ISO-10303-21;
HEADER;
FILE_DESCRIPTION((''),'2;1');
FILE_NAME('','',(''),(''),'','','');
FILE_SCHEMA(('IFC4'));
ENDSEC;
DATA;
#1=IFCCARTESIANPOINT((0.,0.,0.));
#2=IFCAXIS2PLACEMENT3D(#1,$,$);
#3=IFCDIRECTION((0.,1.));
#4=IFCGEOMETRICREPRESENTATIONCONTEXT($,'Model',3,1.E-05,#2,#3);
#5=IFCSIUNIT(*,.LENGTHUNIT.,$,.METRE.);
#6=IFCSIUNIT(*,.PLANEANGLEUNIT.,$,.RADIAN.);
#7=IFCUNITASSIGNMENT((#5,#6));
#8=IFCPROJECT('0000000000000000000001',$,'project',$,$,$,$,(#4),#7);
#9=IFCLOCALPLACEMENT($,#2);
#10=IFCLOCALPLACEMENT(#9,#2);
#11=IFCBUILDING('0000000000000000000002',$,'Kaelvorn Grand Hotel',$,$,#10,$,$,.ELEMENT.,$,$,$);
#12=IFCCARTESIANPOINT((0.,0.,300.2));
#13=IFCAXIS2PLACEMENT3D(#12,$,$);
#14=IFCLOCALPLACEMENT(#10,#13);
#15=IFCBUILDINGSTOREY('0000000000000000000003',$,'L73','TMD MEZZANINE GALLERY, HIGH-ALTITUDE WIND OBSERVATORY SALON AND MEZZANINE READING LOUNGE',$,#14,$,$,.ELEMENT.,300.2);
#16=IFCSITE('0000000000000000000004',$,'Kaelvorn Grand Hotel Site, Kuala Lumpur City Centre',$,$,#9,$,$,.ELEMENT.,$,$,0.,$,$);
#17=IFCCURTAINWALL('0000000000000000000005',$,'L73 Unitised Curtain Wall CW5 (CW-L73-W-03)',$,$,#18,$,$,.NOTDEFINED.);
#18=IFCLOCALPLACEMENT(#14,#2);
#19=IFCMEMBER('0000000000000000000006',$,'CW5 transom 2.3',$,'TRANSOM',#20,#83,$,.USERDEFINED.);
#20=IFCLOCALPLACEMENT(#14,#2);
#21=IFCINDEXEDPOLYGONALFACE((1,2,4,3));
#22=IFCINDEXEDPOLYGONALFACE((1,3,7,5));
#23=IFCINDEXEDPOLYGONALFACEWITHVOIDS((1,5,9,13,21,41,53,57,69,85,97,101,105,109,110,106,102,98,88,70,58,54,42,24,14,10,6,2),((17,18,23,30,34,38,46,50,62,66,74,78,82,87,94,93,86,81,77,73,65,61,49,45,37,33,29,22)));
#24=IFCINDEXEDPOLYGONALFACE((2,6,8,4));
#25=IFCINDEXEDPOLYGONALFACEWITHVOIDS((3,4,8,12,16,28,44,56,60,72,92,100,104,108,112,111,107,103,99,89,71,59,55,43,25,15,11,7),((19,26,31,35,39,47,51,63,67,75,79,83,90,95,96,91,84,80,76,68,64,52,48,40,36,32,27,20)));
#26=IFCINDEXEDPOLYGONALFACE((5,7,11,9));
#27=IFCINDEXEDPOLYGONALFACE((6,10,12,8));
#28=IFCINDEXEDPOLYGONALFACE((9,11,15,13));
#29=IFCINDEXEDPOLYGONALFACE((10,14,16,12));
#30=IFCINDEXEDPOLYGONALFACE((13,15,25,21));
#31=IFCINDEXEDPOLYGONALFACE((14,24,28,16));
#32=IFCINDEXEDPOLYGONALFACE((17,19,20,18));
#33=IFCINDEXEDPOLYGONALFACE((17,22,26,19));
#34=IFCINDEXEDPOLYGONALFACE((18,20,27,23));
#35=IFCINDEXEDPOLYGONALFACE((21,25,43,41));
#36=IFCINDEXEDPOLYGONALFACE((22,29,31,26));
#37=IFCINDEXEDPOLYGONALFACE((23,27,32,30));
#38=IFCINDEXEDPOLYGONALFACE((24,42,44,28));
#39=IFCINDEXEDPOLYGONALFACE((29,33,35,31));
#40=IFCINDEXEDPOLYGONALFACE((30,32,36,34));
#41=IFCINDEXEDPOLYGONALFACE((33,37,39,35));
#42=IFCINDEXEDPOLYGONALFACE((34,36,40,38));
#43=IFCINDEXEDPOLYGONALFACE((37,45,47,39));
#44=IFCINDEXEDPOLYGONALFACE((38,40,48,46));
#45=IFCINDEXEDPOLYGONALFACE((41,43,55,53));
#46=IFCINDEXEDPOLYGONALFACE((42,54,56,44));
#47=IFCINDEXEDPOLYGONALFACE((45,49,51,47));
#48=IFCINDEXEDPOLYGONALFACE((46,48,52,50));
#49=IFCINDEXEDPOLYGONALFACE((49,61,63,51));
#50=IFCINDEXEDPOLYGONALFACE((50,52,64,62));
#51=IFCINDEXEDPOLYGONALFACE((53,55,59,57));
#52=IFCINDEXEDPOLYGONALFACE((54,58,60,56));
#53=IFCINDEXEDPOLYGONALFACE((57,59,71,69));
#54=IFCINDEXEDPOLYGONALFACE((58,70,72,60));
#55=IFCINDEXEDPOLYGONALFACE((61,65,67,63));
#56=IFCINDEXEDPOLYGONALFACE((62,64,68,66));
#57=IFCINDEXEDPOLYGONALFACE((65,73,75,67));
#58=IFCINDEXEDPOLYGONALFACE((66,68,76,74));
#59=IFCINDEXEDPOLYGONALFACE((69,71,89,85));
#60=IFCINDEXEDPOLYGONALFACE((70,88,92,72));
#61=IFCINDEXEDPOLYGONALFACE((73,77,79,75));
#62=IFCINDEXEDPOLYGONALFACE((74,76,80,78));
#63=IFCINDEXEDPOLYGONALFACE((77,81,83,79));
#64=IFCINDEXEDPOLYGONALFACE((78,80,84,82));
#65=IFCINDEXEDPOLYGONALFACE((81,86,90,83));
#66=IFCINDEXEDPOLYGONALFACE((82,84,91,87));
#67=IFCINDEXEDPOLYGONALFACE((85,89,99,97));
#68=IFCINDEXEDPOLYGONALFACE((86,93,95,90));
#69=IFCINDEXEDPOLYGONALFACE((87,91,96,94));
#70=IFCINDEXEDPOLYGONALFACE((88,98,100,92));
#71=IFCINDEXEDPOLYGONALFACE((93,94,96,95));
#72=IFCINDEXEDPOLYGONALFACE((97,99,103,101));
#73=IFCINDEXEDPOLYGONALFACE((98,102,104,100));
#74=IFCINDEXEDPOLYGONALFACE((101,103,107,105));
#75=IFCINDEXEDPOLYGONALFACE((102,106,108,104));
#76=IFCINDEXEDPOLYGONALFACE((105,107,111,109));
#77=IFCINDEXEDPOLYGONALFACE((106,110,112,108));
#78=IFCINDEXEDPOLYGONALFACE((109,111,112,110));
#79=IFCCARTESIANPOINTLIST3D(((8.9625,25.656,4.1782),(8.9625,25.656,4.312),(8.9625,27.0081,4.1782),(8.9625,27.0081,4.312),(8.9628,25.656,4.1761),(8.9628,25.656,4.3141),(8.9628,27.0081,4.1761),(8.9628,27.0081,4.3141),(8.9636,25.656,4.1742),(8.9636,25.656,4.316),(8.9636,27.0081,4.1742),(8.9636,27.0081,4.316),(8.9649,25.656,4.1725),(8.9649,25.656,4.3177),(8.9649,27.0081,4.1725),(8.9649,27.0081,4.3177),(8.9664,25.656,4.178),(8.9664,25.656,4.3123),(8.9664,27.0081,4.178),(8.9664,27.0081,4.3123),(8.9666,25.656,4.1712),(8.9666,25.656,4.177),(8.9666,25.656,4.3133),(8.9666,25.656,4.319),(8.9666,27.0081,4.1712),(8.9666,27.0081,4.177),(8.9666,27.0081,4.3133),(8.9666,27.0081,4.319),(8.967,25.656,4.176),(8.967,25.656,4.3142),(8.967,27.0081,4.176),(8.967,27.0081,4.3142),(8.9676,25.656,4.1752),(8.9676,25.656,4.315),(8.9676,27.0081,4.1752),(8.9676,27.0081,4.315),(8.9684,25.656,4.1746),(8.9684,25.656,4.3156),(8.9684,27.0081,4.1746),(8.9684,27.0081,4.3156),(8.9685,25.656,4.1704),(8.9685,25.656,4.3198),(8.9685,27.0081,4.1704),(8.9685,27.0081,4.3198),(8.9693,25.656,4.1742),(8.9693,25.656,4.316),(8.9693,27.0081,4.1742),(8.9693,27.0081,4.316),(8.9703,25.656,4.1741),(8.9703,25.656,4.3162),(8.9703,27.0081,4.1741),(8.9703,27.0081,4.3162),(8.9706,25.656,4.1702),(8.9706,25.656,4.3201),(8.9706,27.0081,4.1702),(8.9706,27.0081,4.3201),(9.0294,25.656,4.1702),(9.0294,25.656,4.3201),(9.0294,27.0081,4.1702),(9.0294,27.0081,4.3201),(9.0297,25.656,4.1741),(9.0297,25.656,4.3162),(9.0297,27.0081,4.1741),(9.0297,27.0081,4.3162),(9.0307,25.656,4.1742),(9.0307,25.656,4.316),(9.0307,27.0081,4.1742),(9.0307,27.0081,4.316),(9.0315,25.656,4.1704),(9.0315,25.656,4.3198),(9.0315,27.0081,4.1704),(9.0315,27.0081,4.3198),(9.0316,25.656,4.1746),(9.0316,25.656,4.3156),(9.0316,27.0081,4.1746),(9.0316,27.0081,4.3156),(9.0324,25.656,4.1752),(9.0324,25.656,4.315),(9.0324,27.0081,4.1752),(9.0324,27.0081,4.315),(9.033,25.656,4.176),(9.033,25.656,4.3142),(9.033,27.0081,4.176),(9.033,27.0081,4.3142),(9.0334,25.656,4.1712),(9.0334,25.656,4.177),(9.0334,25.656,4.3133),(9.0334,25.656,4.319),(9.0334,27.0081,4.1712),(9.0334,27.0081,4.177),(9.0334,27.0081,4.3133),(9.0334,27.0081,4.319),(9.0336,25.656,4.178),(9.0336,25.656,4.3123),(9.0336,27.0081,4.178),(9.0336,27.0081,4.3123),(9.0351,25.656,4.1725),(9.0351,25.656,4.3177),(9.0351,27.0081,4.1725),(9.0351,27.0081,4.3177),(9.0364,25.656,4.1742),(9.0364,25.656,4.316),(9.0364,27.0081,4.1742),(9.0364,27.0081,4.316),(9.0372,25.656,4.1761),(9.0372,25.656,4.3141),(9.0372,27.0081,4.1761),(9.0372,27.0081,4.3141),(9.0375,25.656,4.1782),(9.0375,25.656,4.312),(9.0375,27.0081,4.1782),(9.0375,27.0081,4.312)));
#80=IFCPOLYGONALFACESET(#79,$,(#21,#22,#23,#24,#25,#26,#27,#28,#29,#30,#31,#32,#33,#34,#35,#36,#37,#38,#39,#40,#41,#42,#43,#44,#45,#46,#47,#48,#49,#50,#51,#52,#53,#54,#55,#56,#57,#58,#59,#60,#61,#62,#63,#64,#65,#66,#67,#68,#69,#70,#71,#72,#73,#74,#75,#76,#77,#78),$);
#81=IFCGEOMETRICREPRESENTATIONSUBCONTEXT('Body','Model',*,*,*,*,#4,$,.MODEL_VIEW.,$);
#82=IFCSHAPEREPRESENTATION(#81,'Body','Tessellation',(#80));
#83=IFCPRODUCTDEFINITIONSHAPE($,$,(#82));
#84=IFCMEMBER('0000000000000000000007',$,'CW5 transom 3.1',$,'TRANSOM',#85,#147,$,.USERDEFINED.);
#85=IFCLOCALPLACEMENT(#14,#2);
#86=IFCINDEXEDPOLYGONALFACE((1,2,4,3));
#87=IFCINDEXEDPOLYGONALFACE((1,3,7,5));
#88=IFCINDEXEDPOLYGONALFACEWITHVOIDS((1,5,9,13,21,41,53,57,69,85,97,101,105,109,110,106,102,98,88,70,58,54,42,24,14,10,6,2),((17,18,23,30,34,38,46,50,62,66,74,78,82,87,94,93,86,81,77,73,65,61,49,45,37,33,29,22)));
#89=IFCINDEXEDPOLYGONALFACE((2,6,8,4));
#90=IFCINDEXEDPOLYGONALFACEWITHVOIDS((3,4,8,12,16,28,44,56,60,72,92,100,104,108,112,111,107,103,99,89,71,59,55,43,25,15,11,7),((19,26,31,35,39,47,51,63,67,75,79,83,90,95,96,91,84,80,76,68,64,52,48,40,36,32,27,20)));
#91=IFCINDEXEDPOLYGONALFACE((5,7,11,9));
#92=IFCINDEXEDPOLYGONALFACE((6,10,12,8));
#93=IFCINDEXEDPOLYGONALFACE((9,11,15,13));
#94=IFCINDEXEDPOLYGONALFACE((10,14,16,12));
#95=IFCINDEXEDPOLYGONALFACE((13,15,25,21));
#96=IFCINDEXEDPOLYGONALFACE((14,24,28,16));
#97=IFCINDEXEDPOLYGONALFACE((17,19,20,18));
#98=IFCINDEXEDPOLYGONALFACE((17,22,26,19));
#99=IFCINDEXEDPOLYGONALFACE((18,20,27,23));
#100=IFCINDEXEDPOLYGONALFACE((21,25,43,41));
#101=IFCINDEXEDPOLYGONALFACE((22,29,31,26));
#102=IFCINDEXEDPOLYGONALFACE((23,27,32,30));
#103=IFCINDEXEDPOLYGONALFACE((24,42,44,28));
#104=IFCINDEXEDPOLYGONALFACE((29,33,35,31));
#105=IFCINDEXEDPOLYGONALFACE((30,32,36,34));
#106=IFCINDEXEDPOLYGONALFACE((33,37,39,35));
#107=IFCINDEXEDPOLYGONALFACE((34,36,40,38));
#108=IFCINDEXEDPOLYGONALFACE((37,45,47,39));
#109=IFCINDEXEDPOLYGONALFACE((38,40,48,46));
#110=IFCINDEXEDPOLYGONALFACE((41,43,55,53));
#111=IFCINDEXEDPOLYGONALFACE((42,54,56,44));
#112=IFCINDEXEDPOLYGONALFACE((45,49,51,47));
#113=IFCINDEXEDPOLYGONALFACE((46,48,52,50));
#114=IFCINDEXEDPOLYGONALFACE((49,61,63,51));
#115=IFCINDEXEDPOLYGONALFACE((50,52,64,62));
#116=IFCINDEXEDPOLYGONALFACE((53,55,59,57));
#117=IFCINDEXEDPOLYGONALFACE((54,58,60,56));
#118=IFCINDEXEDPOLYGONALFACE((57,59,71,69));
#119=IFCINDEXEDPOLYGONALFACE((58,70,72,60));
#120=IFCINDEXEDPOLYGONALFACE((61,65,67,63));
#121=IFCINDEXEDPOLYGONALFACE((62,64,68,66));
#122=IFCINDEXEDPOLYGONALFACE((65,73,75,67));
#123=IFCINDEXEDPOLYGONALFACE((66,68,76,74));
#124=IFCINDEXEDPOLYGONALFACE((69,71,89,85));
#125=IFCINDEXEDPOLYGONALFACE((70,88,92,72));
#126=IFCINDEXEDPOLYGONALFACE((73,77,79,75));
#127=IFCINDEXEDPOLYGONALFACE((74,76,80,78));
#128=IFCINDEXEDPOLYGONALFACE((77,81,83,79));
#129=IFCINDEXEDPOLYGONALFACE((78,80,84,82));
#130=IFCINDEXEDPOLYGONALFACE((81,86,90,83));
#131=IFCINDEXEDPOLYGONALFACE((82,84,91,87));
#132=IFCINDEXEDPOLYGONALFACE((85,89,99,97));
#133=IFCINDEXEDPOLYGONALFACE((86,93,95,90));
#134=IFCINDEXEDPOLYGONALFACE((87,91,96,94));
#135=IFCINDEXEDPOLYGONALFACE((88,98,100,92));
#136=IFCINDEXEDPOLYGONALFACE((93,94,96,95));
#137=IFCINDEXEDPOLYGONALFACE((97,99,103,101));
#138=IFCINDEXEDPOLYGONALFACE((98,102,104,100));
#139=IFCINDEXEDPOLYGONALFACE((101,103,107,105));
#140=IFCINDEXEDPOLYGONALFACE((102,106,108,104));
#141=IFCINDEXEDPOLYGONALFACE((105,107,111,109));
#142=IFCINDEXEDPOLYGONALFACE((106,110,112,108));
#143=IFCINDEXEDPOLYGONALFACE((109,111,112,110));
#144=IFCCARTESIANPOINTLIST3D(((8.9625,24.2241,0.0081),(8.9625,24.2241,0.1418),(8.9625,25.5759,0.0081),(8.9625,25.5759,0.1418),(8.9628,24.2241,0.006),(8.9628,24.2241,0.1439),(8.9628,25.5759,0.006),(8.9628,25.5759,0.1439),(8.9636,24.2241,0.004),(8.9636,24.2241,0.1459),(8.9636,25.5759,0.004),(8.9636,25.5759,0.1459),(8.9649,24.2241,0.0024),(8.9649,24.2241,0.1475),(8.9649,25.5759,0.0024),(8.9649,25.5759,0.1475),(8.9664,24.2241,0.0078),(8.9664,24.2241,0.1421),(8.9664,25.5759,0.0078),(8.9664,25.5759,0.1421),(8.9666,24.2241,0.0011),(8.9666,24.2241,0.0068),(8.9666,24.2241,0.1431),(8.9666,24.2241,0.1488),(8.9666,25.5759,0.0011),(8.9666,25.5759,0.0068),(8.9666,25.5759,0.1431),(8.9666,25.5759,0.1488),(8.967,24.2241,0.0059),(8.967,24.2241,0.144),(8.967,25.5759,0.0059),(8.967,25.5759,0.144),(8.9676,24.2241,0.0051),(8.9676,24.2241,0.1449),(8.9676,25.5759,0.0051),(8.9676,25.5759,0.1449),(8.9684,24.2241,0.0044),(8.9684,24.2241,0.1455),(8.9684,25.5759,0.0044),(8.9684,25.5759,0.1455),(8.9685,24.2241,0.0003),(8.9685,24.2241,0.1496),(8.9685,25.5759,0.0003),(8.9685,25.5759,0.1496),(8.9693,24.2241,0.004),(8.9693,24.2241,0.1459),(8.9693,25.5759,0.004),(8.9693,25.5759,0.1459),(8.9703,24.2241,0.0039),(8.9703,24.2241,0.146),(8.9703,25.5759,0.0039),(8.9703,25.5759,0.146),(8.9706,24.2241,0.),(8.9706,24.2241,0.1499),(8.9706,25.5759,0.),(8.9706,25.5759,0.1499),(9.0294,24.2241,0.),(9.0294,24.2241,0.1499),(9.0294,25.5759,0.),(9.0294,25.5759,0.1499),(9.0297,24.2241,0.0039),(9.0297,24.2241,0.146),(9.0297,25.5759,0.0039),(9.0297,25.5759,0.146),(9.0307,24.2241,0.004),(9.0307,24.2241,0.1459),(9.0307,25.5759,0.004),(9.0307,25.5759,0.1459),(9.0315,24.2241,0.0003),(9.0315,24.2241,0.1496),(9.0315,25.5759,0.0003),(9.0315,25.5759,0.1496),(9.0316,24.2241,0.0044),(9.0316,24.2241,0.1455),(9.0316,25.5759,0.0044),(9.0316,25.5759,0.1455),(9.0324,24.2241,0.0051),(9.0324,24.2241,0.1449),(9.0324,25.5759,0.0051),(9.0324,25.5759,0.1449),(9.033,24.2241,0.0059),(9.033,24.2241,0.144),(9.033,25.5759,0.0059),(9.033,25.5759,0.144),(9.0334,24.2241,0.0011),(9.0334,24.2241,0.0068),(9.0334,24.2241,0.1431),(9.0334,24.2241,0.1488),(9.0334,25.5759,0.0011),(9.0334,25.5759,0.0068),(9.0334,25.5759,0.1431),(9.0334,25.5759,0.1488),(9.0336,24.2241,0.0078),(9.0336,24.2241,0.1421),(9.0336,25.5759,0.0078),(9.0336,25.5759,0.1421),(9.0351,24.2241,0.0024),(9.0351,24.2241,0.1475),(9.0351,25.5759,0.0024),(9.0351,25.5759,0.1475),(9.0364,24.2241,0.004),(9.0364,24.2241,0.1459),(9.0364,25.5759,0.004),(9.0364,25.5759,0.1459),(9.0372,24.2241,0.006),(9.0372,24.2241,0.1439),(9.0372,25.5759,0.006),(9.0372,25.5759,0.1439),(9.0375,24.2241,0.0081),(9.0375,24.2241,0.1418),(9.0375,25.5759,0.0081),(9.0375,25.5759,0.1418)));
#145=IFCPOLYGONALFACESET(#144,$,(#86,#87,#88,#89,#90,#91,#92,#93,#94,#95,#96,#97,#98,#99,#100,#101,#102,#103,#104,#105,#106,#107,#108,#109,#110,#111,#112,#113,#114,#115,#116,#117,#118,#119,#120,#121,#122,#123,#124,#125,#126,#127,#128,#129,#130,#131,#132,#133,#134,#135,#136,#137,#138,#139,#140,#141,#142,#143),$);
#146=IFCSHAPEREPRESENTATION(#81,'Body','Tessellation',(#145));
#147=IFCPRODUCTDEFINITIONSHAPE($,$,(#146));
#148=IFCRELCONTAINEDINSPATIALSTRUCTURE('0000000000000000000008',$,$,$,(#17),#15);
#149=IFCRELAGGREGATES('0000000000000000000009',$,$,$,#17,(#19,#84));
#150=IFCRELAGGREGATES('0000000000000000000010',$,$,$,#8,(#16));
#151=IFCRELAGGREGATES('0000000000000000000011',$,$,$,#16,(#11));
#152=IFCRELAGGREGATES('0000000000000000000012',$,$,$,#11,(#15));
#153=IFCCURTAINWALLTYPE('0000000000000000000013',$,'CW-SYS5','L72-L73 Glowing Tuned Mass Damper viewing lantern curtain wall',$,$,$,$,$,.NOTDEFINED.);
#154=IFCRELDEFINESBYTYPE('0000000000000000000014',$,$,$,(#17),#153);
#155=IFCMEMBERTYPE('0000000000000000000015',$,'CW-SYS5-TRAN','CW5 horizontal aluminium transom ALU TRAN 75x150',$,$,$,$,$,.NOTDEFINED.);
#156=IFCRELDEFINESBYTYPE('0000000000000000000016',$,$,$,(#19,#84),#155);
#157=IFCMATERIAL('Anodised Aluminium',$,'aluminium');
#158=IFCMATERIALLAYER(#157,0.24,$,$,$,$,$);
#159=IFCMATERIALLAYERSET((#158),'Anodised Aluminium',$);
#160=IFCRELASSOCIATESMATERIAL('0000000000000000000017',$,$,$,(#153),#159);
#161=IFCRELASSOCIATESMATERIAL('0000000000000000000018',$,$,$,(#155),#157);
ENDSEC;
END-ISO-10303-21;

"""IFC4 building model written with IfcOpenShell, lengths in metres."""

from ifc_helpers import new_model, si_unit, direction, frame, origin, origin_2d, place, context, subcontext, project, spatial, hollow_rectangle, extrude, material, layer, layer_set, material_profile, profile_set, type_object, element, aggregate, save


model = new_model("IFC4")

# Units and contexts
model_context = context("Model", 3, precision=1e-05, world=origin(), true_north=direction((0.0, 1.0)))
body_context = subcontext(model_context, "Body", "Model", "MODEL_VIEW")
ifc_project = project(units=[si_unit("LENGTHUNIT", "METRE"), si_unit("PLANEANGLEUNIT", "RADIAN")], contexts=[model_context])

# Site, building, storey
site_placement = place(None, origin())
site = spatial("IfcSite", under=ifc_project, at=site_placement, Name="Kaelvorn Grand Hotel Site, Kuala Lumpur City Centre", CompositionType="ELEMENT", RefElevation=0.0)
building_placement = place(site_placement, origin())
building = spatial("IfcBuilding", under=site, at=building_placement, Name="Kaelvorn Grand Hotel", CompositionType="ELEMENT")
storey_placement = place(building_placement, frame((0.0, 0.0, 300.2)))
storey = spatial("IfcBuildingStorey", under=building, at=storey_placement, Name="L73", Description="TMD MEZZANINE GALLERY, HIGH-ALTITUDE WIND OBSERVATORY SALON AND MEZZANINE READING LOUNGE", CompositionType="ELEMENT", Elevation=300.2)

# Curtain wall, members
ifc_material_1 = material(Name="Anodised Aluminium", Category="aluminium")
ifc_layer_1 = layer(ifc_material_1, 0.24)
ifc_layer_set_1 = layer_set([ifc_layer_1], Name="Anodised Aluminium")
curtain_wall_type = type_object("IfcCurtainWallType", Name="CW-SYS5", Description="L72-L73 Glowing Tuned Mass Damper viewing lantern curtain wall", PredefinedType="NOTDEFINED", material=ifc_layer_set_1)
curtain_wall_placement = place(storey_placement, origin())
curtain_wall = element("IfcCurtainWall", 1, at=curtain_wall_placement, inside=storey, type_object=curtain_wall_type, Name="L73 Unitised Curtain Wall CW5 (CW-L73-W-03)", PredefinedType="NOTDEFINED")
ifc_material_profile_1 = material_profile(ifc_material_1, hollow_rectangle(XDim=0.075, YDim=0.1499, WallThickness=0.0039, InnerFilletRadius=0.0039, OuterFilletRadius=0.0081, at=origin_2d()), Name="ALU TRAN 75x150")
ifc_profile_set_1 = profile_set([ifc_material_profile_1], Name="Anodised Aluminium")
member_type_1 = type_object("IfcMemberType", Name="CW-SYS5-TRAN", Description="CW5 horizontal aluminium transom ALU TRAN 75x150", PredefinedType="NOTDEFINED", material=ifc_profile_set_1)
member_1_placement = place(storey_placement, frame((9.0, 27.0081, 4.2451), z_axis=(0.0, -1.0, 0.0), x_axis=(1.0, 0.0, 0.0)))
member_1 = element("IfcMember", 2, at=member_1_placement, type_object=member_type_1, Name="CW5 transom 2.3", ObjectType="TRANSOM", PredefinedType="USERDEFINED", context=body_context, shape_type="SweptSolid", body=[
    extrude(hollow_rectangle(XDim=0.075, YDim=0.1499, WallThickness=0.0039, InnerFilletRadius=0.0039, OuterFilletRadius=0.0081, at=origin_2d()), origin(), (0.0, 0.0, 1.0), 1.3521),
])
member_2_placement = place(storey_placement, frame((9.0, 25.5759, 0.075), z_axis=(0.0, -1.0, 0.0), x_axis=(1.0, 0.0, 0.0)))
member_2 = element("IfcMember", 3, at=member_2_placement, type_object=member_type_1, Name="CW5 transom 3.1", ObjectType="TRANSOM", PredefinedType="USERDEFINED", context=body_context, shape_type="SweptSolid", body=[
    extrude(hollow_rectangle(XDim=0.075, YDim=0.1499, WallThickness=0.0039, InnerFilletRadius=0.0039, OuterFilletRadius=0.0081, at=origin_2d()), origin(), (0.0, 0.0, 1.0), 1.3518),
])
aggregate(curtain_wall, [member_1, member_2])

save(model, "model.ifc")
